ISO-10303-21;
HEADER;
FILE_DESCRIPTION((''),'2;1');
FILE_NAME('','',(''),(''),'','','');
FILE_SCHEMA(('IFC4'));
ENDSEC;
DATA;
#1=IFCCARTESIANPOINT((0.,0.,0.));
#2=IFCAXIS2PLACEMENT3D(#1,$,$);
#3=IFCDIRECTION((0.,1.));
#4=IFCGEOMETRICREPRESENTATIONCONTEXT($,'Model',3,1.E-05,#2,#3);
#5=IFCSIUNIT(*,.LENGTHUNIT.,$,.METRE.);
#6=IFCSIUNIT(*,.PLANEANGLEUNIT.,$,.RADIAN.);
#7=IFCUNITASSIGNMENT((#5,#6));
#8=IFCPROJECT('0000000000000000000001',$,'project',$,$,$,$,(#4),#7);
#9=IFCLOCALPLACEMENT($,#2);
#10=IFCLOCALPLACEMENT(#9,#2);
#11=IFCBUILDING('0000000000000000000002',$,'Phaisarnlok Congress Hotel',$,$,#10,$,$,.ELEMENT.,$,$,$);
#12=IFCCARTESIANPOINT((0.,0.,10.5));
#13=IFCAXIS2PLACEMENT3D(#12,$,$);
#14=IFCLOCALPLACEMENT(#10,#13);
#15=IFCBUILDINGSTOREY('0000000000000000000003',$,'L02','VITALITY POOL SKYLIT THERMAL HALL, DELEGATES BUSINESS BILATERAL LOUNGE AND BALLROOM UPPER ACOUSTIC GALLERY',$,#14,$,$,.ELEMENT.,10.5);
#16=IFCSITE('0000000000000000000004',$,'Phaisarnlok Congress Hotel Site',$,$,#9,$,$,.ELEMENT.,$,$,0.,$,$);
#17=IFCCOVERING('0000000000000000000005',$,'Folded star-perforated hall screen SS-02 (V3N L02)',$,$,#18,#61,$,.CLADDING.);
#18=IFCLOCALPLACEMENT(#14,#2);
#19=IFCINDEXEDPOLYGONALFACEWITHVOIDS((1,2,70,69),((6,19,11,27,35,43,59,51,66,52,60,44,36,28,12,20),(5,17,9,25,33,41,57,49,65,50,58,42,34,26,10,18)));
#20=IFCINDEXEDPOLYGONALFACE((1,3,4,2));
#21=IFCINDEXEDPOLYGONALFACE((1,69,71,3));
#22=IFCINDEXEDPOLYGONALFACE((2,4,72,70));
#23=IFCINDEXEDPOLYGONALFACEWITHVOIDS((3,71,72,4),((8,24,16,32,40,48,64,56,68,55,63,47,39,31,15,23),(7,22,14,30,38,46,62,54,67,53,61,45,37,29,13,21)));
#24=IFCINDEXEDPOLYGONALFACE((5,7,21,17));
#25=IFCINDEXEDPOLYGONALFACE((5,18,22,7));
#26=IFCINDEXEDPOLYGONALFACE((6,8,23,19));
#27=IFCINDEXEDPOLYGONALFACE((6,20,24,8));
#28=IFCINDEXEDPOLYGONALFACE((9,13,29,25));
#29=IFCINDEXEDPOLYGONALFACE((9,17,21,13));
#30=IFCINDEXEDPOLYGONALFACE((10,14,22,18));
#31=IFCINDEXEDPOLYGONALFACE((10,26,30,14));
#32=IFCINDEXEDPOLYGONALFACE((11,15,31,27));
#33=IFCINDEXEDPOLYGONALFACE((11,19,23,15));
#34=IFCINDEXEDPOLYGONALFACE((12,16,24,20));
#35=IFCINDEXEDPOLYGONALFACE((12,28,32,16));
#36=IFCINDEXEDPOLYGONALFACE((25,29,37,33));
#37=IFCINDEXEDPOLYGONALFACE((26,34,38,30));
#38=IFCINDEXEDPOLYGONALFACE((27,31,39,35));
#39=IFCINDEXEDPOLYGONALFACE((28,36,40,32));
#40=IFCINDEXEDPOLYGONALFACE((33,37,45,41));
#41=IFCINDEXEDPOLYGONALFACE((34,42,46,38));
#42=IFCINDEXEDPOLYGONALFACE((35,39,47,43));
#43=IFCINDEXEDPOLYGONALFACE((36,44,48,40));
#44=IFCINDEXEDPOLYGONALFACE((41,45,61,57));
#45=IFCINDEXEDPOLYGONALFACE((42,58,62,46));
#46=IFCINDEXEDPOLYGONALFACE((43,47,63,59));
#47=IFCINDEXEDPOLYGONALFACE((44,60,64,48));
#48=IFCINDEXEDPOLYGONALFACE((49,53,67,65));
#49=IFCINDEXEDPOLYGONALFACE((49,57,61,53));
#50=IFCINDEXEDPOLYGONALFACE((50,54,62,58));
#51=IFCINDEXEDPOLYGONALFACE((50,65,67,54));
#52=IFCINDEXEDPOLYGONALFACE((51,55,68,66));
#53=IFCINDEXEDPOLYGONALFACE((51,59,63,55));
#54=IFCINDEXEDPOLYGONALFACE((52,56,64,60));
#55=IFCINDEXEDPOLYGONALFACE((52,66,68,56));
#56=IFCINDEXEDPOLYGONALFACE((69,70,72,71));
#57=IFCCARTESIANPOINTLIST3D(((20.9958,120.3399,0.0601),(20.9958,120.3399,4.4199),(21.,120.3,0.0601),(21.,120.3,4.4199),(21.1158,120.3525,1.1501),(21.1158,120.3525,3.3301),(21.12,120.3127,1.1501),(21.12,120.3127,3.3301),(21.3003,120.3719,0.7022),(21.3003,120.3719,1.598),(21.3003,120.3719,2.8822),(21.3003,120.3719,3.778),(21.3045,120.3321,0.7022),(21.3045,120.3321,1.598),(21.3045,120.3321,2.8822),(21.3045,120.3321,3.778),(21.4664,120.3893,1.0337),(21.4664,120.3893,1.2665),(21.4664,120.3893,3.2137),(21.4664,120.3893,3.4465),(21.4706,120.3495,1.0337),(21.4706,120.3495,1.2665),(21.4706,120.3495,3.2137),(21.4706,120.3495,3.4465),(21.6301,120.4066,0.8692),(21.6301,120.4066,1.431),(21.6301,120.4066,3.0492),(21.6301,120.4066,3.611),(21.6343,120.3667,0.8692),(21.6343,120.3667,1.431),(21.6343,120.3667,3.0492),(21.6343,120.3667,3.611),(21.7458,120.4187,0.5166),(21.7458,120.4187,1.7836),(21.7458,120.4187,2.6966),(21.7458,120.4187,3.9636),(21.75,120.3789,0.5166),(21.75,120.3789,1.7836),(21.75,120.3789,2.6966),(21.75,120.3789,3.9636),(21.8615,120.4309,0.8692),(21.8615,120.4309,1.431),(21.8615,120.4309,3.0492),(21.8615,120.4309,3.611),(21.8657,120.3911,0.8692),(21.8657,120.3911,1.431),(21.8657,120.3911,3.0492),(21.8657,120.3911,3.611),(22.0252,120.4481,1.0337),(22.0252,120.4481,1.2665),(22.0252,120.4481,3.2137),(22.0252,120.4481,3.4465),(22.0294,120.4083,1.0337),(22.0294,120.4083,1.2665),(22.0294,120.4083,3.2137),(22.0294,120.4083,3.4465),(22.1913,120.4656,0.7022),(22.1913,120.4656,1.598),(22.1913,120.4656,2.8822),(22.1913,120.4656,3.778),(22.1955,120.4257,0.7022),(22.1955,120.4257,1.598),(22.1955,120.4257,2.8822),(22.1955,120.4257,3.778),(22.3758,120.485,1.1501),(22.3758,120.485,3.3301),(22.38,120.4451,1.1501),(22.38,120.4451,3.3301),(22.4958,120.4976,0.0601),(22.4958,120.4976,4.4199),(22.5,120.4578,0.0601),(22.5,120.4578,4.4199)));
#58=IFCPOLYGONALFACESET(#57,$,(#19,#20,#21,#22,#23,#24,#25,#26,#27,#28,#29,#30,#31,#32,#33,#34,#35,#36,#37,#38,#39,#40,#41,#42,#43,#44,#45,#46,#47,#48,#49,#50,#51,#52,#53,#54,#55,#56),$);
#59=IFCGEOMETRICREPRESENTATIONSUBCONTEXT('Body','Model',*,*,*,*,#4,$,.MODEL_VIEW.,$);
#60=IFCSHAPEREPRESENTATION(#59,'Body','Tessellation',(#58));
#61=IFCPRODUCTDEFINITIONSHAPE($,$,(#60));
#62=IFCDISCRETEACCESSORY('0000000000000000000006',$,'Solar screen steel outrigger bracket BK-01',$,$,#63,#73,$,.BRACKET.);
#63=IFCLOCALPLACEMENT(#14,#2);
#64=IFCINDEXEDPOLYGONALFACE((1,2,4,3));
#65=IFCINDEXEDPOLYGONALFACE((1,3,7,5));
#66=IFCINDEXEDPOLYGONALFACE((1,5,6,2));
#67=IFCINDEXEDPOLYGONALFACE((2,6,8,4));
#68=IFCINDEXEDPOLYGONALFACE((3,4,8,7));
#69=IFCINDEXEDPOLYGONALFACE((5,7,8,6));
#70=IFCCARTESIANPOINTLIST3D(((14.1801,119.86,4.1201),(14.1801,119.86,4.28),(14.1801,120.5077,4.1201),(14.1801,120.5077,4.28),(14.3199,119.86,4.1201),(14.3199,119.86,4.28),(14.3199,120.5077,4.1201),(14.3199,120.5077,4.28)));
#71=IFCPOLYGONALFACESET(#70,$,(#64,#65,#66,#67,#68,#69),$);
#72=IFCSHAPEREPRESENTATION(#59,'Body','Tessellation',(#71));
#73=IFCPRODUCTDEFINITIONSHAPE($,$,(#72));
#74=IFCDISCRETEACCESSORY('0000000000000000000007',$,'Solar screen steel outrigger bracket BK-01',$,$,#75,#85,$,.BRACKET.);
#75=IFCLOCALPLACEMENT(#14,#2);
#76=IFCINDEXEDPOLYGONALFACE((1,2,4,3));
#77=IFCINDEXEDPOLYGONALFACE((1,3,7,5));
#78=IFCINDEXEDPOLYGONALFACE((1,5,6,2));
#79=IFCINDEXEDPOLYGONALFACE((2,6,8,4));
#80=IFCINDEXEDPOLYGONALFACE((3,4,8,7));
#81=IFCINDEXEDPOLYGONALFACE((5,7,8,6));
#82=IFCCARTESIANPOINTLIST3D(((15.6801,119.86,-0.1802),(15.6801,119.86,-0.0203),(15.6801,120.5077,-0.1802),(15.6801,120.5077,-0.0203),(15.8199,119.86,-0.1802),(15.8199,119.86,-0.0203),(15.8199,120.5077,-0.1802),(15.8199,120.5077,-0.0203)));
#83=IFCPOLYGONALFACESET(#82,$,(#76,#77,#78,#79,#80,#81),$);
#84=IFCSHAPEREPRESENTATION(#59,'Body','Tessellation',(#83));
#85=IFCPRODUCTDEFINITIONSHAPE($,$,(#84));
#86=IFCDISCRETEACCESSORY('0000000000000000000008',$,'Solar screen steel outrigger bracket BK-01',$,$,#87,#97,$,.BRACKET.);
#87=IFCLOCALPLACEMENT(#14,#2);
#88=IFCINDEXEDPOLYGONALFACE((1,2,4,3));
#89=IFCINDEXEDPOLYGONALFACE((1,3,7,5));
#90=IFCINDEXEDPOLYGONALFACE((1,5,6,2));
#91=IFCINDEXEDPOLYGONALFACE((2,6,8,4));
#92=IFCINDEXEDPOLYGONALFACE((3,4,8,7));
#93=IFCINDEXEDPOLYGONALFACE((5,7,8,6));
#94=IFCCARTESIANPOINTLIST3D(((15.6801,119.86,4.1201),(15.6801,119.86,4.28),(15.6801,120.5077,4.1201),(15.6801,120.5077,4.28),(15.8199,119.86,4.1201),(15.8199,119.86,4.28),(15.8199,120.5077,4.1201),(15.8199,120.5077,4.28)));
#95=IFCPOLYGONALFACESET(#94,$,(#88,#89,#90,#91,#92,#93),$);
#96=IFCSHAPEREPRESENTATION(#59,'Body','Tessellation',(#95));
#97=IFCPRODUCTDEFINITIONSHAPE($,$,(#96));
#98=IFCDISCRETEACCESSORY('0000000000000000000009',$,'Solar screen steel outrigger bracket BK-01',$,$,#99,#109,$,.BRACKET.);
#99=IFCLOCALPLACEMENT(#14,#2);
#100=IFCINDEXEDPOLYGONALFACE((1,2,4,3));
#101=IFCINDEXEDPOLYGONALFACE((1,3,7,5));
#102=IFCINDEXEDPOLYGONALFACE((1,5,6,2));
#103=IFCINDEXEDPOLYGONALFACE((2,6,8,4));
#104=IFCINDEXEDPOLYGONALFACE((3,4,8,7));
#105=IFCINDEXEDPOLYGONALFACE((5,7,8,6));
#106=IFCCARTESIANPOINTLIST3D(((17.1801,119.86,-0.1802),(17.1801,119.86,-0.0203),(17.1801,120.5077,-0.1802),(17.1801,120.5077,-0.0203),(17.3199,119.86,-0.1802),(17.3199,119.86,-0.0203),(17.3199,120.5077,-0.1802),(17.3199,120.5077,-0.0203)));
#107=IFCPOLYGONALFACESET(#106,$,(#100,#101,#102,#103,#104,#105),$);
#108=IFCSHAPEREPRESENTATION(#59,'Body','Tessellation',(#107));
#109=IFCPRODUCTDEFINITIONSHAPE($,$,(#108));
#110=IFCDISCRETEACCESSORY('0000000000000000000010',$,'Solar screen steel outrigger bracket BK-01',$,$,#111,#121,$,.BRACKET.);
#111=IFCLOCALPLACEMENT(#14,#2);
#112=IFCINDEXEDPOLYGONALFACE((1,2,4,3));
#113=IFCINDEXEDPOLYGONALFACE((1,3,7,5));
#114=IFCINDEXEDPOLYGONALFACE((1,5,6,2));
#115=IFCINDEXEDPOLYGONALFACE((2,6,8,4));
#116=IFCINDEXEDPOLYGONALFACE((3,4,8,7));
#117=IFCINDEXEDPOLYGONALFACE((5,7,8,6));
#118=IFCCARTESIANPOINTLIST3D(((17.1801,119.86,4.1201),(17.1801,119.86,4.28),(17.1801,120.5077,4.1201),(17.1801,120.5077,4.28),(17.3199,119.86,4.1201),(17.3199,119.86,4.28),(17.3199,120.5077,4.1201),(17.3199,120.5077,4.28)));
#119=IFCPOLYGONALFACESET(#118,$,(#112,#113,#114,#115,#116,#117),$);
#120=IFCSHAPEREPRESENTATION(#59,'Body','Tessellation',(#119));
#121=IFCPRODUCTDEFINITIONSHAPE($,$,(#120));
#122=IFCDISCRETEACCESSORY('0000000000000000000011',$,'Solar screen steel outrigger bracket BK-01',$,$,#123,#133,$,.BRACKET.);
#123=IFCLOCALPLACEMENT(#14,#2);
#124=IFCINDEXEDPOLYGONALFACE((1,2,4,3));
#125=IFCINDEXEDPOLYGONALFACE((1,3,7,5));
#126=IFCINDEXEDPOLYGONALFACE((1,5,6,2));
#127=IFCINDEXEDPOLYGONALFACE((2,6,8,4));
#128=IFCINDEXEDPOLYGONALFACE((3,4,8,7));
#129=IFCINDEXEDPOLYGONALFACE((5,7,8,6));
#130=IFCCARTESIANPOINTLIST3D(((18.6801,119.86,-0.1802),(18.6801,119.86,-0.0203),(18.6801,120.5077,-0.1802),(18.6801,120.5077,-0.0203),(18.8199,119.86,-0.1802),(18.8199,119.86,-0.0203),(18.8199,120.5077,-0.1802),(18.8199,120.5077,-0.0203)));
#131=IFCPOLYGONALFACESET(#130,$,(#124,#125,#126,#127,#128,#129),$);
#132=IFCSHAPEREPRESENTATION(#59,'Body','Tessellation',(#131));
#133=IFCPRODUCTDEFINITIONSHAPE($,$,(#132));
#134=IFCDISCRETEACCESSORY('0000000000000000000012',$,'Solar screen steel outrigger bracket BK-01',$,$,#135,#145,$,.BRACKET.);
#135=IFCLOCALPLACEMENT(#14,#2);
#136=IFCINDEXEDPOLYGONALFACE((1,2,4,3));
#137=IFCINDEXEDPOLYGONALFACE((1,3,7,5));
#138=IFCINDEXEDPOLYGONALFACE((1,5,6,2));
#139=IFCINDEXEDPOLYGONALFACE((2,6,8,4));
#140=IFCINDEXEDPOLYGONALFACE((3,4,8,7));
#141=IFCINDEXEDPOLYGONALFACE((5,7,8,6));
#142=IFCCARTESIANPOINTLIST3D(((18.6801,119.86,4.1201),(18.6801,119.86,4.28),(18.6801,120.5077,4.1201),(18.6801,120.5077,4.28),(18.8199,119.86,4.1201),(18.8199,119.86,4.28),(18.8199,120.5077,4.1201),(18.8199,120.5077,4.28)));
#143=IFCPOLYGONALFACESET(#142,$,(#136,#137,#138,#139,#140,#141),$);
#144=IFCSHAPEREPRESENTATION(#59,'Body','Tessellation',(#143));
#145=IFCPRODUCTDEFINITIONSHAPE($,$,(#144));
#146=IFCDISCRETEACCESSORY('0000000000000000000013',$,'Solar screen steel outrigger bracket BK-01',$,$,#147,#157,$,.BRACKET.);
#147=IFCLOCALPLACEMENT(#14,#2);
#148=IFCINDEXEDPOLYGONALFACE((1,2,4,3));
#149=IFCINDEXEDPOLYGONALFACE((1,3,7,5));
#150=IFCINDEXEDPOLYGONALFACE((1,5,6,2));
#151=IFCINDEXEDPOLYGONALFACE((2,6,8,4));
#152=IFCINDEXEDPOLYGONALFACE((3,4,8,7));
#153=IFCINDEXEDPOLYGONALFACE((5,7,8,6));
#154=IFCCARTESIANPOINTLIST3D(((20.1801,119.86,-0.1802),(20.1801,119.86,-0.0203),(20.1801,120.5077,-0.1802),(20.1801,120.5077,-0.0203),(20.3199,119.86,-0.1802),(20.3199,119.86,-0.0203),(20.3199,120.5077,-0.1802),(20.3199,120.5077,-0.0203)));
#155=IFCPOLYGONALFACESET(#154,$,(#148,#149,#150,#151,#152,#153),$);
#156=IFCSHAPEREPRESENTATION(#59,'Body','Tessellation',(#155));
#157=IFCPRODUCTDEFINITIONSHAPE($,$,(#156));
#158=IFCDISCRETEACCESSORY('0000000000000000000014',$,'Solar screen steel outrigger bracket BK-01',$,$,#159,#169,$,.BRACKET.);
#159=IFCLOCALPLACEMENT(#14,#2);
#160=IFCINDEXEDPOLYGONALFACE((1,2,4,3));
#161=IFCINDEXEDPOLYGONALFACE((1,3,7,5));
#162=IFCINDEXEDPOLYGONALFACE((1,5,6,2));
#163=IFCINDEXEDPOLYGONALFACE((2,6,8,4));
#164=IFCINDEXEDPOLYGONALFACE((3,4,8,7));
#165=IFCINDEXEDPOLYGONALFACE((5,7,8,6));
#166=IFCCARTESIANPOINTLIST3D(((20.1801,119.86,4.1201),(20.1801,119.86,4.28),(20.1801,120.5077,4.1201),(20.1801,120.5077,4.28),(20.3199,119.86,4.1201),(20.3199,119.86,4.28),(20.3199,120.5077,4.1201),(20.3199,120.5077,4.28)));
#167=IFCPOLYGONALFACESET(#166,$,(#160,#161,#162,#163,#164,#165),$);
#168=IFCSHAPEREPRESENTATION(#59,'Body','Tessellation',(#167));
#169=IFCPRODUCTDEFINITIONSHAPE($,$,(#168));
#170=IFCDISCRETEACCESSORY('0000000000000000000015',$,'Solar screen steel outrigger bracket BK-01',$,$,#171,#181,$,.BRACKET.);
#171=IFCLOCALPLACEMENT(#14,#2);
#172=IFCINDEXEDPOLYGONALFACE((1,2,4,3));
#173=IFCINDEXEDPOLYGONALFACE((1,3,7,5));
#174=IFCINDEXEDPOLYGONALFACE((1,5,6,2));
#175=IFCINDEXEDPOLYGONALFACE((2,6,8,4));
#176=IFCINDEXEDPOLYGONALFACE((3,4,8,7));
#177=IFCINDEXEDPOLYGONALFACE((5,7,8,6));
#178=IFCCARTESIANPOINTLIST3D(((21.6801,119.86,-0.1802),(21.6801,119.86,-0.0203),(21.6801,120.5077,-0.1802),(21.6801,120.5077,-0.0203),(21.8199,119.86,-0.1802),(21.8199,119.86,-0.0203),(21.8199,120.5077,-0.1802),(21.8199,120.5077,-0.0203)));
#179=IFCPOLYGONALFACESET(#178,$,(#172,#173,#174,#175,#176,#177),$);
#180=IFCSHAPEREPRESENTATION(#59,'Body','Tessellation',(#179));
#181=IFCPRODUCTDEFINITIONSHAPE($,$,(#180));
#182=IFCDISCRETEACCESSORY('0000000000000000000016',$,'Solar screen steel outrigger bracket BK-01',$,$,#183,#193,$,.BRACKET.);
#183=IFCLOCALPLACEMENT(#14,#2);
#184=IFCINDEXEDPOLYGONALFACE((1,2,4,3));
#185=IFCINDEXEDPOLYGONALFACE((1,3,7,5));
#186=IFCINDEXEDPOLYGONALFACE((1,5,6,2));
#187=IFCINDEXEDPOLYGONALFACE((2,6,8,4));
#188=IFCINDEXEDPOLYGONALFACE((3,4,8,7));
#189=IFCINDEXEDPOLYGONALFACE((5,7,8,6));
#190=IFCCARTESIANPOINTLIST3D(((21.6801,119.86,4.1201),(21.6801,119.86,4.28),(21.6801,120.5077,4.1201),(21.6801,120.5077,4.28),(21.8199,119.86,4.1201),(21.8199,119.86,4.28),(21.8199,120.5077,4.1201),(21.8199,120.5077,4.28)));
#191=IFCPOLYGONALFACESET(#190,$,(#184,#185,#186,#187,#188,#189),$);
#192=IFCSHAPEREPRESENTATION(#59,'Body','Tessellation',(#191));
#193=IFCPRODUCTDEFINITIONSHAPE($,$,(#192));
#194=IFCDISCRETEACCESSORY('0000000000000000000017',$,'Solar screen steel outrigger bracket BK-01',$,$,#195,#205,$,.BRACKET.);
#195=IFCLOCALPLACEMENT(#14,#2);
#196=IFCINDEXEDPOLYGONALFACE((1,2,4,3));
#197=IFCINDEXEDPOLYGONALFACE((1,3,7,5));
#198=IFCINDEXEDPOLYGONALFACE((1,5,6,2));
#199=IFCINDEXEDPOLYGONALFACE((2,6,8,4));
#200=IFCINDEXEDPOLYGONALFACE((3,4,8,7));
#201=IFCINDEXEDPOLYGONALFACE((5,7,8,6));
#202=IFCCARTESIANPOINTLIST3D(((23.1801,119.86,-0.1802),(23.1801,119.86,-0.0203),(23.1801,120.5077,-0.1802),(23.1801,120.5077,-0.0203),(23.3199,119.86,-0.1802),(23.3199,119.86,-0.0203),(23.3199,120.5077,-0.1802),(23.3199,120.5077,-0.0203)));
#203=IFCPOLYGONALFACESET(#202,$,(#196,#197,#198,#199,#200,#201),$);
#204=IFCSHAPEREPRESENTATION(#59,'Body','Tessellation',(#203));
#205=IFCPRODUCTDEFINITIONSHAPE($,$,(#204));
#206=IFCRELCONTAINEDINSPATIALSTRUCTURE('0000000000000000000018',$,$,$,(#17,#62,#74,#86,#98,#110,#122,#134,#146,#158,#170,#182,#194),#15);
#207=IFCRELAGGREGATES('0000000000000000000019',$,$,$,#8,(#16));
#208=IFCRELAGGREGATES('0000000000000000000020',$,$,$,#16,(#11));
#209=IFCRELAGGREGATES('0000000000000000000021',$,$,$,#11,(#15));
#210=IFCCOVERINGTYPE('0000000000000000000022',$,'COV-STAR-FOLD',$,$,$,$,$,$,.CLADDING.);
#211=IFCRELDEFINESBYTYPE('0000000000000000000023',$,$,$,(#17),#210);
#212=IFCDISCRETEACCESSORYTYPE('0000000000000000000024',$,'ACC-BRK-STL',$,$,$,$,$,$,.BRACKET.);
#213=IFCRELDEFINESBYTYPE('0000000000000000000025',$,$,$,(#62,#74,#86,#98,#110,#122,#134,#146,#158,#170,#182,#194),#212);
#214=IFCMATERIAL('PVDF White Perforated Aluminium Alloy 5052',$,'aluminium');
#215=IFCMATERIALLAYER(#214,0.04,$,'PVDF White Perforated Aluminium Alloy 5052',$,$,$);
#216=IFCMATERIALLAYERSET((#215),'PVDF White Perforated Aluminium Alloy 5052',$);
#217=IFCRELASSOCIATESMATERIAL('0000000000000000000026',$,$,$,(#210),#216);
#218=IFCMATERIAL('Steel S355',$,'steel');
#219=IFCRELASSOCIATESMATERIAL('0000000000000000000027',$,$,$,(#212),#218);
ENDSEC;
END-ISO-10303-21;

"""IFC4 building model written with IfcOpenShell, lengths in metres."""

from ifc_helpers import new_model, si_unit, direction, frame, origin, origin_2d, place, context, subcontext, project, spatial, polyline, rectangle, outline, extrude, material, layer, layer_set, type_object, element, save


model = new_model("IFC4")

# Units and contexts
model_context = context("Model", 3, precision=1e-05, world=origin(), true_north=direction((0.0, 1.0)))
body_context = subcontext(model_context, "Body", "Model", "MODEL_VIEW")
ifc_project = project(units=[si_unit("LENGTHUNIT", "METRE"), si_unit("PLANEANGLEUNIT", "RADIAN")], contexts=[model_context])

# Site, building, storey
site_placement = place(None, origin())
site = spatial("IfcSite", under=ifc_project, at=site_placement, Name="Phaisarnlok Congress Hotel Site", CompositionType="ELEMENT", RefElevation=0.0)
building_placement = place(site_placement, origin())
building = spatial("IfcBuilding", under=site, at=building_placement, Name="Phaisarnlok Congress Hotel", CompositionType="ELEMENT")
storey_placement = place(building_placement, frame((0.0, 0.0, 10.5)))
storey = spatial("IfcBuildingStorey", under=building, at=storey_placement, Name="L02", Description="VITALITY POOL SKYLIT THERMAL HALL, DELEGATES BUSINESS BILATERAL LOUNGE AND BALLROOM UPPER ACOUSTIC GALLERY", CompositionType="ELEMENT", Elevation=10.5)

# Shared definitions
ifc_material_1 = material(Name="Steel S355", Category="steel")

# Covering
ifc_material_2 = material(Name="PVDF White Perforated Aluminium Alloy 5052", Category="aluminium")
ifc_layer_1 = layer(ifc_material_2, 0.04, Name="PVDF White Perforated Aluminium Alloy 5052")
ifc_layer_set_1 = layer_set([ifc_layer_1], Name="PVDF White Perforated Aluminium Alloy 5052")
covering_type = type_object("IfcCoveringType", Name="COV-STAR-FOLD", PredefinedType="CLADDING", material=ifc_layer_set_1)
for number, where, z_axis, x_axis, name in (
    (1, (22.5, 120.4578, 0.0601), (-0.104567, 0.994518, 0.0), (-0.994518, -0.104567, 0.0), "Folded star-perforated hall screen SS-02 (V3N L02)"),
):
    element("IfcCovering", number, at=place(storey_placement, frame(where, z_axis=z_axis, x_axis=x_axis)), inside=storey, type_object=covering_type, Name=name, PredefinedType="CLADDING", context=body_context, shape_type="SweptSolid", body=[
        extrude(outline(polyline([(0.0, 0.0), (1.5083, 0.0), (1.5083, 4.3599), (0.0, 4.3599), (0.0, 0.0)]), holes=[polyline([(1.0351, 0.9736), (1.2021, 0.6421), (0.8705, 0.8091), (0.7541, 0.4565), (0.6378, 0.8091), (0.3062, 0.6421), (0.4732, 0.9736), (0.1207, 1.09), (0.4732, 1.2064), (0.3062, 1.5379), (0.6378, 1.3709), (0.7541, 1.7235), (0.8705, 1.3709), (1.2021, 1.5379), (1.0351, 1.2064), (1.3876, 1.09), (1.0351, 0.9736)]), polyline([(1.0351, 3.1536), (1.2021, 2.8221), (0.8705, 2.9891), (0.7541, 2.6365), (0.6378, 2.9891), (0.3062, 2.8221), (0.4732, 3.1536), (0.1207, 3.27), (0.4732, 3.3864), (0.3062, 3.7179), (0.6378, 3.5509), (0.7541, 3.9035), (0.8705, 3.5509), (1.2021, 3.7179), (1.0351, 3.3864), (1.3876, 3.27), (1.0351, 3.1536)])]), origin(), (0.0, 0.0, 1.0), 0.04),
    ])

# Discrete accessories
discrete_accessory_type = type_object("IfcDiscreteAccessoryType", Name="ACC-BRK-STL", PredefinedType="BRACKET", material=ifc_material_1)
for number, where, z_axis, x_axis, name in (
    (2, (14.25, 120.1838, 4.1201), (0.0, 0.0, 1.0), (1.0, 0.0, 0.0), "Solar screen steel outrigger bracket BK-01"),
    (3, (15.75, 120.1838, -0.1802), (0.0, 0.0, 1.0), (1.0, 0.0, 0.0), "Solar screen steel outrigger bracket BK-01"),
    (4, (15.75, 120.1838, 4.1201), (0.0, 0.0, 1.0), (1.0, 0.0, 0.0), "Solar screen steel outrigger bracket BK-01"),
    (5, (17.25, 120.1838, -0.1802), (0.0, 0.0, 1.0), (1.0, 0.0, 0.0), "Solar screen steel outrigger bracket BK-01"),
    (6, (17.25, 120.1838, 4.1201), (0.0, 0.0, 1.0), (1.0, 0.0, 0.0), "Solar screen steel outrigger bracket BK-01"),
    (7, (18.75, 120.1838, -0.1802), (0.0, 0.0, 1.0), (1.0, 0.0, 0.0), "Solar screen steel outrigger bracket BK-01"),
    (8, (18.75, 120.1838, 4.1201), (0.0, 0.0, 1.0), (1.0, 0.0, 0.0), "Solar screen steel outrigger bracket BK-01"),
    (9, (20.25, 120.1838, -0.1802), (0.0, 0.0, 1.0), (1.0, 0.0, 0.0), "Solar screen steel outrigger bracket BK-01"),
    (10, (20.25, 120.1838, 4.1201), (0.0, 0.0, 1.0), (1.0, 0.0, 0.0), "Solar screen steel outrigger bracket BK-01"),
    (11, (21.75, 120.1838, -0.1802), (0.0, 0.0, 1.0), (1.0, 0.0, 0.0), "Solar screen steel outrigger bracket BK-01"),
    (12, (21.75, 120.1838, 4.1201), (0.0, 0.0, 1.0), (1.0, 0.0, 0.0), "Solar screen steel outrigger bracket BK-01"),
    (13, (23.25, 120.1838, -0.1802), (0.0, 0.0, 1.0), (1.0, 0.0, 0.0), "Solar screen steel outrigger bracket BK-01"),
):
    element("IfcDiscreteAccessory", number, at=place(storey_placement, frame(where, z_axis=z_axis, x_axis=x_axis)), inside=storey, type_object=discrete_accessory_type, Name=name, PredefinedType="BRACKET", context=body_context, shape_type="SweptSolid", body=[
        extrude(rectangle(XDim=0.1399, YDim=0.6477, at=origin_2d()), origin(), (0.0, 0.0, 1.0), 0.1599),
    ])

save(model, "model.ifc")
